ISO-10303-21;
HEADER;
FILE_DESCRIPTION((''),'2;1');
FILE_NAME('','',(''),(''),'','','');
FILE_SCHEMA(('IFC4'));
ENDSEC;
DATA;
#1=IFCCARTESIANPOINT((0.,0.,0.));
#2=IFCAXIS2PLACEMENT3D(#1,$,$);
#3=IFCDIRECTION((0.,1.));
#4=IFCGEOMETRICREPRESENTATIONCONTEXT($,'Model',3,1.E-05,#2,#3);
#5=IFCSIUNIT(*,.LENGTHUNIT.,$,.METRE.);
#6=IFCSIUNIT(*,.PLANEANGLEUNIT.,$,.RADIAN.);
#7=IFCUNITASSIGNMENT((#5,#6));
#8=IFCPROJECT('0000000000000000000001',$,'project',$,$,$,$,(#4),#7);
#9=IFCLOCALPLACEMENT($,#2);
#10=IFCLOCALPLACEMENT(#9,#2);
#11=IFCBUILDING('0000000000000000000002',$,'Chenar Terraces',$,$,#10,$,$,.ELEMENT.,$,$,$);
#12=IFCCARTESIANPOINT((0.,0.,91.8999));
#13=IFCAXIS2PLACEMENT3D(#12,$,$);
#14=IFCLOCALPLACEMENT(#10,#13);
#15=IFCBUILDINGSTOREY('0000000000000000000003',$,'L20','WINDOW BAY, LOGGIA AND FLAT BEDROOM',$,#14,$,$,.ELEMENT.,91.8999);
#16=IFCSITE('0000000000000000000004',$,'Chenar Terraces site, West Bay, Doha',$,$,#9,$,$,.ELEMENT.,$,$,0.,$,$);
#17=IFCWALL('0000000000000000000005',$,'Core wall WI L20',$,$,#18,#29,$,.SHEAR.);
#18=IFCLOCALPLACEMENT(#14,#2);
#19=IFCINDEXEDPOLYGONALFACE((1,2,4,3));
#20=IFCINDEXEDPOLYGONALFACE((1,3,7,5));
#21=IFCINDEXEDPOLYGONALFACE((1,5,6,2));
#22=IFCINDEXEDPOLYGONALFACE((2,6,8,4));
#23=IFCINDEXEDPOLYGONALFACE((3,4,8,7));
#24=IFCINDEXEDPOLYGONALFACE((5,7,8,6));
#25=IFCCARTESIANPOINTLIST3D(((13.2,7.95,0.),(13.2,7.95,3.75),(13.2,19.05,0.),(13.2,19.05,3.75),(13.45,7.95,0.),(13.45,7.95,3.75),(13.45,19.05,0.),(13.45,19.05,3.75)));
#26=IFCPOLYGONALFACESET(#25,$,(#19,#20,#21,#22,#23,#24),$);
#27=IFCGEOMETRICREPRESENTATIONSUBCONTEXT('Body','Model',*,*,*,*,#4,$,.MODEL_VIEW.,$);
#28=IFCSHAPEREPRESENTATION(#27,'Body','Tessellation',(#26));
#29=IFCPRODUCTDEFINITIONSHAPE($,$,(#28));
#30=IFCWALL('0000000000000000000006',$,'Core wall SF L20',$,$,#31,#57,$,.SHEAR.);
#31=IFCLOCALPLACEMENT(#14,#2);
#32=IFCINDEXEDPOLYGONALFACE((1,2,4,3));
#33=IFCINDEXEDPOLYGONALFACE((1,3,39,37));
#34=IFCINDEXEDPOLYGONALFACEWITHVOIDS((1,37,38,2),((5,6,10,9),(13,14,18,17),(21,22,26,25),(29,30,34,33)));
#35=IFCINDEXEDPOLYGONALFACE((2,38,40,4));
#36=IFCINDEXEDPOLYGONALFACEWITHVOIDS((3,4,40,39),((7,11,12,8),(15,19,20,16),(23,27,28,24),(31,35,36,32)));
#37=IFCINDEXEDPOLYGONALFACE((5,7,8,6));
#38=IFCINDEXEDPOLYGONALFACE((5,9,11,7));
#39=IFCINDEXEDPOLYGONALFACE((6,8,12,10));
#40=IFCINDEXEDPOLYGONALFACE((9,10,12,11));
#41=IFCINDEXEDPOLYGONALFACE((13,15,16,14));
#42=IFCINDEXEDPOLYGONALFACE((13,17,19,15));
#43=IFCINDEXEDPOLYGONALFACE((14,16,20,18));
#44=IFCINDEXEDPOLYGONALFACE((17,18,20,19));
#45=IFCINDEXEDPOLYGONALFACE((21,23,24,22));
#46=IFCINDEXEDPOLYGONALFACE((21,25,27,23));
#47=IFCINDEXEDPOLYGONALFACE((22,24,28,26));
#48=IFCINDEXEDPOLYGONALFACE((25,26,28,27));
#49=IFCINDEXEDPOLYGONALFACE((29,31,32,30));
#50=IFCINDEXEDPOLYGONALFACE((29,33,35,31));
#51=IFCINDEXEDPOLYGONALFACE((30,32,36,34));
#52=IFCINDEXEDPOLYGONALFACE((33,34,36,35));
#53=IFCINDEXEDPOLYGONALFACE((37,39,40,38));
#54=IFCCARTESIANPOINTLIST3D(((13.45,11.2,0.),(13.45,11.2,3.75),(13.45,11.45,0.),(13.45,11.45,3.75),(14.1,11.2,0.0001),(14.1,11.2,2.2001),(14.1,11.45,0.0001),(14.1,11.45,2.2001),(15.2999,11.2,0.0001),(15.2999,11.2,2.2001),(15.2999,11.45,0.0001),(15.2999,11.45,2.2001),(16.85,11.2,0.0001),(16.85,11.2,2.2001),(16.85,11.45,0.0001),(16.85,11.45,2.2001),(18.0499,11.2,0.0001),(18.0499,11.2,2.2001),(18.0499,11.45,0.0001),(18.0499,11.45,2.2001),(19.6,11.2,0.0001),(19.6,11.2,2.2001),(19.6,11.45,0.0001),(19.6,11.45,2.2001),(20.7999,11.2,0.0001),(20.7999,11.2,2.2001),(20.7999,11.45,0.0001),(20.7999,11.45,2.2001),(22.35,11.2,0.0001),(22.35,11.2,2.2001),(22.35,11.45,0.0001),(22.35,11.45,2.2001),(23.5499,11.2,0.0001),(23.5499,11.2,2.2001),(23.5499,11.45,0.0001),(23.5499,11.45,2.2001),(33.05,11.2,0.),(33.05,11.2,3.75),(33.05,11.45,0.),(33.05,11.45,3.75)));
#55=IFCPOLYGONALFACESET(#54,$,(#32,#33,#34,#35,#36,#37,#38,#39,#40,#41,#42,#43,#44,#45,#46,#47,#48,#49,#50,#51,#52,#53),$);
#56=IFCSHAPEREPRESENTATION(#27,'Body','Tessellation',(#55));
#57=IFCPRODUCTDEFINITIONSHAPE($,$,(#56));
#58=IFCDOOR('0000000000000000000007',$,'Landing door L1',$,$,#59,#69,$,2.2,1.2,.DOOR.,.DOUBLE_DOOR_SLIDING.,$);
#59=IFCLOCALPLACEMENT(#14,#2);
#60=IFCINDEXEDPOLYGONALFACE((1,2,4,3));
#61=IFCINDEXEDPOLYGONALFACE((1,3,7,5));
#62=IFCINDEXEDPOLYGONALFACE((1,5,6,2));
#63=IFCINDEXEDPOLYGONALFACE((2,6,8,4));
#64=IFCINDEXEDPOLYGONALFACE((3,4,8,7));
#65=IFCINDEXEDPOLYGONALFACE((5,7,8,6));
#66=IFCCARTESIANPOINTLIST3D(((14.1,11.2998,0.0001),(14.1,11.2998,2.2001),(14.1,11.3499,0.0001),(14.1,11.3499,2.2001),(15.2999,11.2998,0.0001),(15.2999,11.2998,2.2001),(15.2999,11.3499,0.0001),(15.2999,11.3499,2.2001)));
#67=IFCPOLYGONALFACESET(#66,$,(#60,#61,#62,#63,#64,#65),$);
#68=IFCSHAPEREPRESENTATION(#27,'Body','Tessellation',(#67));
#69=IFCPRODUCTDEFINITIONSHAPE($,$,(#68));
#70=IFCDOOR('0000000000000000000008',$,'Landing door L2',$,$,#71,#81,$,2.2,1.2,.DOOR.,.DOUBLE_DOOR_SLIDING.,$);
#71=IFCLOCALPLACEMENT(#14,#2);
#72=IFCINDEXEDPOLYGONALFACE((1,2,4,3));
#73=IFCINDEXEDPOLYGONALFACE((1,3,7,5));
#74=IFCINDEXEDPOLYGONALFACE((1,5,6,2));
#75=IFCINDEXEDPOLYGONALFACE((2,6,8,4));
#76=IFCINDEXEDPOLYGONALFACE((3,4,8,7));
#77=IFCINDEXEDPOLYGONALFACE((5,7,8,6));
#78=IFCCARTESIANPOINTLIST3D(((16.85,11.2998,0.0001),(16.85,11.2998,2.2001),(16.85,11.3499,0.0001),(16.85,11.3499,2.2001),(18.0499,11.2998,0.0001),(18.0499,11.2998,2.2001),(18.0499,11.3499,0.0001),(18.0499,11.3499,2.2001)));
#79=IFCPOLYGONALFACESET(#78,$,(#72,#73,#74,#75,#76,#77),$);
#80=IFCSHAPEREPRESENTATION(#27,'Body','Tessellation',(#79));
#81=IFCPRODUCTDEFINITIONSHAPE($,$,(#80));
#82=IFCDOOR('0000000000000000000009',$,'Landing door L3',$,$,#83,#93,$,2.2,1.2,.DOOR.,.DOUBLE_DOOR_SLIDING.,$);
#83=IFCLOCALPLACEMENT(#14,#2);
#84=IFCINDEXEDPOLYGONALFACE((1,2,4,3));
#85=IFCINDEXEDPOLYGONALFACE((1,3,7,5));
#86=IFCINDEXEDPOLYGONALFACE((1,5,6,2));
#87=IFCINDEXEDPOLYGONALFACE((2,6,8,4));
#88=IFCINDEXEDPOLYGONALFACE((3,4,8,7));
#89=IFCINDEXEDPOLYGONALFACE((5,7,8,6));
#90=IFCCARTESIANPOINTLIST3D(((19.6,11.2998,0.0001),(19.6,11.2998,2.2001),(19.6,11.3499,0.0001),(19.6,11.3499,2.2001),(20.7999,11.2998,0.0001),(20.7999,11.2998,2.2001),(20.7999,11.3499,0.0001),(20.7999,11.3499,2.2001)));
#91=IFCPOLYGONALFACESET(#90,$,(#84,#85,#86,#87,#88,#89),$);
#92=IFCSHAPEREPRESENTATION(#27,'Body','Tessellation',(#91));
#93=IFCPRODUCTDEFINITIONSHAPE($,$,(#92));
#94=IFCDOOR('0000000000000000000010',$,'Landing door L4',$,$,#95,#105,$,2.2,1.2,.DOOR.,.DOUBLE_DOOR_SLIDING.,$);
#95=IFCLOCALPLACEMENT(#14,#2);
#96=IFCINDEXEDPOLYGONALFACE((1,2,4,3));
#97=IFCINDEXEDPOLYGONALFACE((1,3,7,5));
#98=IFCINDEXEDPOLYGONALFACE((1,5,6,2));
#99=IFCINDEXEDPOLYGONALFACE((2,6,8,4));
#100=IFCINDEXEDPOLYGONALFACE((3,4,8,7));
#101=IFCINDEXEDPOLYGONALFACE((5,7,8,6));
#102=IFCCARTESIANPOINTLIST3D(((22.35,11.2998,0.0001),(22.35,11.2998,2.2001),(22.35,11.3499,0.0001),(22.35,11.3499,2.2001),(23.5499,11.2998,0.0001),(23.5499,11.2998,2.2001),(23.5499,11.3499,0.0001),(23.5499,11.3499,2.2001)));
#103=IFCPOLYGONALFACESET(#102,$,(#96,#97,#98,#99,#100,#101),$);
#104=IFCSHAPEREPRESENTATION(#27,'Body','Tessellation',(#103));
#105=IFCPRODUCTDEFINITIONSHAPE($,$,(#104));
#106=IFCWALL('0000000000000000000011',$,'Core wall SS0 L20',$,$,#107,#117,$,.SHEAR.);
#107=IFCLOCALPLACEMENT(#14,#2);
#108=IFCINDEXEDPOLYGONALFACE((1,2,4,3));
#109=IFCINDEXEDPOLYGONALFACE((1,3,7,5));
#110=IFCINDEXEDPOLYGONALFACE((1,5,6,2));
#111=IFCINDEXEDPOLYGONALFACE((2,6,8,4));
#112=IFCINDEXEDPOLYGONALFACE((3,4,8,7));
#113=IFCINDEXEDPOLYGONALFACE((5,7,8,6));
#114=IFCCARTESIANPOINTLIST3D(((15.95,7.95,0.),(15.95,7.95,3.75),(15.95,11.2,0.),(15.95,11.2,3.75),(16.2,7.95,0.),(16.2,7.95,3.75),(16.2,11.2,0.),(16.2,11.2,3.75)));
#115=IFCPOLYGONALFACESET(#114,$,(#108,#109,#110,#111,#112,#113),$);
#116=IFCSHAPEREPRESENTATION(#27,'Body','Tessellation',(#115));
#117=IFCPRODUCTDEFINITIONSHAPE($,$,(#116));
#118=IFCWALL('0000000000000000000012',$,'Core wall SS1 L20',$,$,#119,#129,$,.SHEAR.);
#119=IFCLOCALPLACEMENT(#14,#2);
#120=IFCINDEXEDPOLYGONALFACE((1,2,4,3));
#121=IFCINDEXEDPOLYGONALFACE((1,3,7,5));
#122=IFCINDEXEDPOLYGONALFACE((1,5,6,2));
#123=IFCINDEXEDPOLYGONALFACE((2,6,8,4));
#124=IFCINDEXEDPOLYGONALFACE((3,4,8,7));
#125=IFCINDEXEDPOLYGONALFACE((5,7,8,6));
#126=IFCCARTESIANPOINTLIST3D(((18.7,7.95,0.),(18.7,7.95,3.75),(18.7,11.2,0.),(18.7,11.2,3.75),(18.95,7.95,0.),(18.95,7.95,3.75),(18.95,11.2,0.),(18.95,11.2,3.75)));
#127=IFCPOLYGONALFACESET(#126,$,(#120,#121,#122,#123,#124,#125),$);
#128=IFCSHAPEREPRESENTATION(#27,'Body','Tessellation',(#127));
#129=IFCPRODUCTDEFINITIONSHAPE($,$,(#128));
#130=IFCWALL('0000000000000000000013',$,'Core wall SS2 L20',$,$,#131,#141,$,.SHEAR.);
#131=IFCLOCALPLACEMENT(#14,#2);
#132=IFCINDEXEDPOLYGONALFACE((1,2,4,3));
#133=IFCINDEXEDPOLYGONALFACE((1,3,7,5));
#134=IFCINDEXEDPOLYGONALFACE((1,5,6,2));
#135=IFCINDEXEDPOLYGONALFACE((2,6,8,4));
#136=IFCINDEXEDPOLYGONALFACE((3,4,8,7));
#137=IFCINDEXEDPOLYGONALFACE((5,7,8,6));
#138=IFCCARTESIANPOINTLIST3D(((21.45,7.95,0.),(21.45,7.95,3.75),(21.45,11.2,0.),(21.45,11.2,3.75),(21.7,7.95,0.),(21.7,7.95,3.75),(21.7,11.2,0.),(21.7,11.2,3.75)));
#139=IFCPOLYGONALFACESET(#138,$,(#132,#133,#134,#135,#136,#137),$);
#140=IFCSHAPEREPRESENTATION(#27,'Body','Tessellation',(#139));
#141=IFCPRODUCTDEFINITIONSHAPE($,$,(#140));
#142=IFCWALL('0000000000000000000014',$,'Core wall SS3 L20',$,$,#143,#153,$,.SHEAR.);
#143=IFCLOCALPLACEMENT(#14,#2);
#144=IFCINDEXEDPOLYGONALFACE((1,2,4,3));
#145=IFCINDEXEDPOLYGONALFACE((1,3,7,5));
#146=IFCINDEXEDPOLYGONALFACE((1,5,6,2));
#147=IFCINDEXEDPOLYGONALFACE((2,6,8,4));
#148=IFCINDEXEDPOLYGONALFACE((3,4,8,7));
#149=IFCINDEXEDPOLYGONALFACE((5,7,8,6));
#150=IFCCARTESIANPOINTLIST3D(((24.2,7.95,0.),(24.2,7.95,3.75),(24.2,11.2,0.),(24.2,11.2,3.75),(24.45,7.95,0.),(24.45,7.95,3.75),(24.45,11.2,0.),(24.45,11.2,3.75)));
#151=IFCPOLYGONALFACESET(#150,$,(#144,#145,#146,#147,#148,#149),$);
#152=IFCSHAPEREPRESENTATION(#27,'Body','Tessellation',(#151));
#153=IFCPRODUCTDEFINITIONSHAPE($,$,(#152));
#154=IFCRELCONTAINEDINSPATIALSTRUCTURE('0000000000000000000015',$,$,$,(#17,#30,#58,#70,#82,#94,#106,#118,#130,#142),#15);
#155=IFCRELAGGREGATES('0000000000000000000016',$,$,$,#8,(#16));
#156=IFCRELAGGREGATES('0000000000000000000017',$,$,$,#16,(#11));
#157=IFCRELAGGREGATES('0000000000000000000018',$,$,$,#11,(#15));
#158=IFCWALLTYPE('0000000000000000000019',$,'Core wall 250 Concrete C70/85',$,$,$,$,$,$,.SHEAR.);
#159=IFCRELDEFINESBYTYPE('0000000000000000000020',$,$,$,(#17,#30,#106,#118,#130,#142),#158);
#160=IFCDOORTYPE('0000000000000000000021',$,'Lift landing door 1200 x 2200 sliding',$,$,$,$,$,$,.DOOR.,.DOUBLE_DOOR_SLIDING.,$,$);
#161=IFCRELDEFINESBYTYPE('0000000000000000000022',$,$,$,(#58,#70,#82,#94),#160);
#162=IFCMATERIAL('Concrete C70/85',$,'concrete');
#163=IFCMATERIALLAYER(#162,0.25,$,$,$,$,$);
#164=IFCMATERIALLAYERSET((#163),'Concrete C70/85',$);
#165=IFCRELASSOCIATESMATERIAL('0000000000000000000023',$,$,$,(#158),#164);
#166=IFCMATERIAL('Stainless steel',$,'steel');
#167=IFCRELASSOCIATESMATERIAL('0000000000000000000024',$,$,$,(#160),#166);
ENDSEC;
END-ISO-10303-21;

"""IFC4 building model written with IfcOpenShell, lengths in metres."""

from ifc_helpers import new_model, si_unit, direction, frame, frame_2d, origin, place, context, subcontext, project, spatial, rectangle, extrude, material, layer, layer_set, type_object, element, fill, save


model = new_model("IFC4")

# Units and contexts
model_context = context("Model", 3, precision=1e-05, world=origin(), true_north=direction((0.0, 1.0)))
body_context = subcontext(model_context, "Body", "Model", "MODEL_VIEW")
ifc_project = project(units=[si_unit("LENGTHUNIT", "METRE"), si_unit("PLANEANGLEUNIT", "RADIAN")], contexts=[model_context])

# Site, building, storey
site_placement = place(None, origin())
site = spatial("IfcSite", under=ifc_project, at=site_placement, Name="Chenar Terraces site, West Bay, Doha", CompositionType="ELEMENT", RefElevation=0.0)
building_placement = place(site_placement, origin())
building = spatial("IfcBuilding", under=site, at=building_placement, Name="Chenar Terraces", CompositionType="ELEMENT")
storey_placement = place(building_placement, frame((0.0, 0.0, 91.8999)))
storey = spatial("IfcBuildingStorey", under=building, at=storey_placement, Name="L20", Description="WINDOW BAY, LOGGIA AND FLAT BEDROOM", CompositionType="ELEMENT", Elevation=91.8999)

# Wall
ifc_material_1 = material(Name="Concrete C70/85", Category="concrete")
ifc_layer_1 = layer(ifc_material_1, 0.25)
ifc_layer_set_1 = layer_set([ifc_layer_1], Name="Concrete C70/85")
wall_type_1 = type_object("IfcWallType", Name="Core wall 250 Concrete C70/85", PredefinedType="SHEAR", material=ifc_layer_set_1)
wall_1_placement = place(storey_placement, frame((13.325, 7.95, 0.0), z_axis=(0.0, 0.0, 1.0), x_axis=(0.0, 1.0, 0.0)))
element("IfcWall", 1, at=wall_1_placement, inside=storey, type_object=wall_type_1, Name="Core wall WI L20", PredefinedType="SHEAR", context=body_context, shape_type="SweptSolid", body=[
    extrude(rectangle(XDim=11.1001, YDim=0.25, at=frame_2d((5.55, 0.0))), origin(), (0.0, 0.0, 1.0), 3.75),
])

# Wall, openings, doors
wall_2_placement = place(storey_placement, frame((13.45, 11.325, 0.0), z_axis=(0.0, 0.0, 1.0), x_axis=(1.0, 0.0, 0.0)))
wall_2 = element("IfcWall", 2, at=wall_2_placement, inside=storey, type_object=wall_type_1, Name="Core wall SF L20", PredefinedType="SHEAR", context=body_context, shape_type="SweptSolid", body=[
    extrude(rectangle(XDim=19.6001, YDim=0.25, at=frame_2d((9.8, 0.0))), origin(), (0.0, 0.0, 1.0), 3.75),
])
opening_1_placement = place(wall_2_placement, frame((0.6499, 0.0, 0.0)))
opening_1 = element("IfcOpeningElement", 3, at=opening_1_placement, cuts=wall_2, PredefinedType="OPENING", context=body_context, shape_type="SweptSolid", body=[
    extrude(rectangle(XDim=1.2, YDim=2.2, at=frame_2d((0.6001, 1.1001))), frame((0.0, 0.135, 0.0), z_axis=(0.0, -1.0, 0.0), x_axis=(1.0, 0.0, 0.0)), (0.0, 0.0, 1.0), 0.27),
])
opening_2_placement = place(wall_2_placement, frame((3.3999, 0.0, 0.0)))
opening_2 = element("IfcOpeningElement", 4, at=opening_2_placement, cuts=wall_2, PredefinedType="OPENING", context=body_context, shape_type="SweptSolid", body=[
    extrude(rectangle(XDim=1.2, YDim=2.2, at=frame_2d((0.6001, 1.1001))), frame((0.0, 0.135, 0.0), z_axis=(0.0, -1.0, 0.0), x_axis=(1.0, 0.0, 0.0)), (0.0, 0.0, 1.0), 0.27),
])
opening_3_placement = place(wall_2_placement, frame((6.1499, 0.0, 0.0)))
opening_3 = element("IfcOpeningElement", 5, at=opening_3_placement, cuts=wall_2, PredefinedType="OPENING", context=body_context, shape_type="SweptSolid", body=[
    extrude(rectangle(XDim=1.2, YDim=2.2, at=frame_2d((0.6001, 1.1001))), frame((0.0, 0.135, 0.0), z_axis=(0.0, -1.0, 0.0), x_axis=(1.0, 0.0, 0.0)), (0.0, 0.0, 1.0), 0.27),
])
opening_4_placement = place(wall_2_placement, frame((8.8999, 0.0, 0.0)))
opening_4 = element("IfcOpeningElement", 6, at=opening_4_placement, cuts=wall_2, PredefinedType="OPENING", context=body_context, shape_type="SweptSolid", body=[
    extrude(rectangle(XDim=1.2, YDim=2.2, at=frame_2d((0.6001, 1.1001))), frame((0.0, 0.135, 0.0), z_axis=(0.0, -1.0, 0.0), x_axis=(1.0, 0.0, 0.0)), (0.0, 0.0, 1.0), 0.27),
])
ifc_material_2 = material(Name="Stainless steel", Category="steel")
door_type_1 = type_object("IfcDoorType", Name="Lift landing door 1200 x 2200 sliding", OperationType="DOUBLE_DOOR_SLIDING", PredefinedType="DOOR", material=ifc_material_2)
door_1_placement = place(opening_1_placement, origin())
door_1 = element("IfcDoor", 7, at=door_1_placement, inside=storey, type_object=door_type_1, Name="Landing door L1", OperationType="DOUBLE_DOOR_SLIDING", OverallHeight=2.2, OverallWidth=1.2, PredefinedType="DOOR", context=body_context, shape_type="SweptSolid", body=[
    extrude(rectangle(XDim=1.2, YDim=2.2, at=frame_2d((0.6001, 1.1001))), frame((0.0, 0.0249, 0.0), z_axis=(0.0, -1.0, 0.0), x_axis=(1.0, 0.0, 0.0)), (0.0, 0.0, 1.0), 0.05),
])
fill(opening_1, door_1)
door_2_placement = place(opening_2_placement, origin())
door_2 = element("IfcDoor", 8, at=door_2_placement, inside=storey, type_object=door_type_1, Name="Landing door L2", OperationType="DOUBLE_DOOR_SLIDING", OverallHeight=2.2, OverallWidth=1.2, PredefinedType="DOOR", context=body_context, shape_type="SweptSolid", body=[
    extrude(rectangle(XDim=1.2, YDim=2.2, at=frame_2d((0.6001, 1.1001))), frame((0.0, 0.0249, 0.0), z_axis=(0.0, -1.0, 0.0), x_axis=(1.0, 0.0, 0.0)), (0.0, 0.0, 1.0), 0.05),
])
fill(opening_2, door_2)
door_3_placement = place(opening_3_placement, origin())
door_3 = element("IfcDoor", 9, at=door_3_placement, inside=storey, type_object=door_type_1, Name="Landing door L3", OperationType="DOUBLE_DOOR_SLIDING", OverallHeight=2.2, OverallWidth=1.2, PredefinedType="DOOR", context=body_context, shape_type="SweptSolid", body=[
    extrude(rectangle(XDim=1.2, YDim=2.2, at=frame_2d((0.6001, 1.1001))), frame((0.0, 0.0249, 0.0), z_axis=(0.0, -1.0, 0.0), x_axis=(1.0, 0.0, 0.0)), (0.0, 0.0, 1.0), 0.05),
])
fill(opening_3, door_3)
door_4_placement = place(opening_4_placement, origin())
door_4 = element("IfcDoor", 10, at=door_4_placement, inside=storey, type_object=door_type_1, Name="Landing door L4", OperationType="DOUBLE_DOOR_SLIDING", OverallHeight=2.2, OverallWidth=1.2, PredefinedType="DOOR", context=body_context, shape_type="SweptSolid", body=[
    extrude(rectangle(XDim=1.2, YDim=2.2, at=frame_2d((0.6001, 1.1001))), frame((0.0, 0.0249, 0.0), z_axis=(0.0, -1.0, 0.0), x_axis=(1.0, 0.0, 0.0)), (0.0, 0.0, 1.0), 0.05),
])
fill(opening_4, door_4)

# Walls
for number, where, z_axis, x_axis, name in (
    (11, (16.075, 7.95, 0.0), (0.0, 0.0, 1.0), (0.0, 1.0, 0.0), "Core wall SS0 L20"),
    (12, (18.825, 7.95, 0.0), (0.0, 0.0, 1.0), (0.0, 1.0, 0.0), "Core wall SS1 L20"),
    (13, (21.575, 7.95, 0.0), (0.0, 0.0, 1.0), (0.0, 1.0, 0.0), "Core wall SS2 L20"),
    (14, (24.325, 7.95, 0.0), (0.0, 0.0, 1.0), (0.0, 1.0, 0.0), "Core wall SS3 L20"),
):
    element("IfcWall", number, at=place(storey_placement, frame(where, z_axis=z_axis, x_axis=x_axis)), inside=storey, type_object=wall_type_1, Name=name, PredefinedType="SHEAR", context=body_context, shape_type="SweptSolid", body=[
        extrude(rectangle(XDim=3.25, YDim=0.25, at=frame_2d((1.625, 0.0))), origin(), (0.0, 0.0, 1.0), 3.75),
    ])

save(model, "model.ifc")
